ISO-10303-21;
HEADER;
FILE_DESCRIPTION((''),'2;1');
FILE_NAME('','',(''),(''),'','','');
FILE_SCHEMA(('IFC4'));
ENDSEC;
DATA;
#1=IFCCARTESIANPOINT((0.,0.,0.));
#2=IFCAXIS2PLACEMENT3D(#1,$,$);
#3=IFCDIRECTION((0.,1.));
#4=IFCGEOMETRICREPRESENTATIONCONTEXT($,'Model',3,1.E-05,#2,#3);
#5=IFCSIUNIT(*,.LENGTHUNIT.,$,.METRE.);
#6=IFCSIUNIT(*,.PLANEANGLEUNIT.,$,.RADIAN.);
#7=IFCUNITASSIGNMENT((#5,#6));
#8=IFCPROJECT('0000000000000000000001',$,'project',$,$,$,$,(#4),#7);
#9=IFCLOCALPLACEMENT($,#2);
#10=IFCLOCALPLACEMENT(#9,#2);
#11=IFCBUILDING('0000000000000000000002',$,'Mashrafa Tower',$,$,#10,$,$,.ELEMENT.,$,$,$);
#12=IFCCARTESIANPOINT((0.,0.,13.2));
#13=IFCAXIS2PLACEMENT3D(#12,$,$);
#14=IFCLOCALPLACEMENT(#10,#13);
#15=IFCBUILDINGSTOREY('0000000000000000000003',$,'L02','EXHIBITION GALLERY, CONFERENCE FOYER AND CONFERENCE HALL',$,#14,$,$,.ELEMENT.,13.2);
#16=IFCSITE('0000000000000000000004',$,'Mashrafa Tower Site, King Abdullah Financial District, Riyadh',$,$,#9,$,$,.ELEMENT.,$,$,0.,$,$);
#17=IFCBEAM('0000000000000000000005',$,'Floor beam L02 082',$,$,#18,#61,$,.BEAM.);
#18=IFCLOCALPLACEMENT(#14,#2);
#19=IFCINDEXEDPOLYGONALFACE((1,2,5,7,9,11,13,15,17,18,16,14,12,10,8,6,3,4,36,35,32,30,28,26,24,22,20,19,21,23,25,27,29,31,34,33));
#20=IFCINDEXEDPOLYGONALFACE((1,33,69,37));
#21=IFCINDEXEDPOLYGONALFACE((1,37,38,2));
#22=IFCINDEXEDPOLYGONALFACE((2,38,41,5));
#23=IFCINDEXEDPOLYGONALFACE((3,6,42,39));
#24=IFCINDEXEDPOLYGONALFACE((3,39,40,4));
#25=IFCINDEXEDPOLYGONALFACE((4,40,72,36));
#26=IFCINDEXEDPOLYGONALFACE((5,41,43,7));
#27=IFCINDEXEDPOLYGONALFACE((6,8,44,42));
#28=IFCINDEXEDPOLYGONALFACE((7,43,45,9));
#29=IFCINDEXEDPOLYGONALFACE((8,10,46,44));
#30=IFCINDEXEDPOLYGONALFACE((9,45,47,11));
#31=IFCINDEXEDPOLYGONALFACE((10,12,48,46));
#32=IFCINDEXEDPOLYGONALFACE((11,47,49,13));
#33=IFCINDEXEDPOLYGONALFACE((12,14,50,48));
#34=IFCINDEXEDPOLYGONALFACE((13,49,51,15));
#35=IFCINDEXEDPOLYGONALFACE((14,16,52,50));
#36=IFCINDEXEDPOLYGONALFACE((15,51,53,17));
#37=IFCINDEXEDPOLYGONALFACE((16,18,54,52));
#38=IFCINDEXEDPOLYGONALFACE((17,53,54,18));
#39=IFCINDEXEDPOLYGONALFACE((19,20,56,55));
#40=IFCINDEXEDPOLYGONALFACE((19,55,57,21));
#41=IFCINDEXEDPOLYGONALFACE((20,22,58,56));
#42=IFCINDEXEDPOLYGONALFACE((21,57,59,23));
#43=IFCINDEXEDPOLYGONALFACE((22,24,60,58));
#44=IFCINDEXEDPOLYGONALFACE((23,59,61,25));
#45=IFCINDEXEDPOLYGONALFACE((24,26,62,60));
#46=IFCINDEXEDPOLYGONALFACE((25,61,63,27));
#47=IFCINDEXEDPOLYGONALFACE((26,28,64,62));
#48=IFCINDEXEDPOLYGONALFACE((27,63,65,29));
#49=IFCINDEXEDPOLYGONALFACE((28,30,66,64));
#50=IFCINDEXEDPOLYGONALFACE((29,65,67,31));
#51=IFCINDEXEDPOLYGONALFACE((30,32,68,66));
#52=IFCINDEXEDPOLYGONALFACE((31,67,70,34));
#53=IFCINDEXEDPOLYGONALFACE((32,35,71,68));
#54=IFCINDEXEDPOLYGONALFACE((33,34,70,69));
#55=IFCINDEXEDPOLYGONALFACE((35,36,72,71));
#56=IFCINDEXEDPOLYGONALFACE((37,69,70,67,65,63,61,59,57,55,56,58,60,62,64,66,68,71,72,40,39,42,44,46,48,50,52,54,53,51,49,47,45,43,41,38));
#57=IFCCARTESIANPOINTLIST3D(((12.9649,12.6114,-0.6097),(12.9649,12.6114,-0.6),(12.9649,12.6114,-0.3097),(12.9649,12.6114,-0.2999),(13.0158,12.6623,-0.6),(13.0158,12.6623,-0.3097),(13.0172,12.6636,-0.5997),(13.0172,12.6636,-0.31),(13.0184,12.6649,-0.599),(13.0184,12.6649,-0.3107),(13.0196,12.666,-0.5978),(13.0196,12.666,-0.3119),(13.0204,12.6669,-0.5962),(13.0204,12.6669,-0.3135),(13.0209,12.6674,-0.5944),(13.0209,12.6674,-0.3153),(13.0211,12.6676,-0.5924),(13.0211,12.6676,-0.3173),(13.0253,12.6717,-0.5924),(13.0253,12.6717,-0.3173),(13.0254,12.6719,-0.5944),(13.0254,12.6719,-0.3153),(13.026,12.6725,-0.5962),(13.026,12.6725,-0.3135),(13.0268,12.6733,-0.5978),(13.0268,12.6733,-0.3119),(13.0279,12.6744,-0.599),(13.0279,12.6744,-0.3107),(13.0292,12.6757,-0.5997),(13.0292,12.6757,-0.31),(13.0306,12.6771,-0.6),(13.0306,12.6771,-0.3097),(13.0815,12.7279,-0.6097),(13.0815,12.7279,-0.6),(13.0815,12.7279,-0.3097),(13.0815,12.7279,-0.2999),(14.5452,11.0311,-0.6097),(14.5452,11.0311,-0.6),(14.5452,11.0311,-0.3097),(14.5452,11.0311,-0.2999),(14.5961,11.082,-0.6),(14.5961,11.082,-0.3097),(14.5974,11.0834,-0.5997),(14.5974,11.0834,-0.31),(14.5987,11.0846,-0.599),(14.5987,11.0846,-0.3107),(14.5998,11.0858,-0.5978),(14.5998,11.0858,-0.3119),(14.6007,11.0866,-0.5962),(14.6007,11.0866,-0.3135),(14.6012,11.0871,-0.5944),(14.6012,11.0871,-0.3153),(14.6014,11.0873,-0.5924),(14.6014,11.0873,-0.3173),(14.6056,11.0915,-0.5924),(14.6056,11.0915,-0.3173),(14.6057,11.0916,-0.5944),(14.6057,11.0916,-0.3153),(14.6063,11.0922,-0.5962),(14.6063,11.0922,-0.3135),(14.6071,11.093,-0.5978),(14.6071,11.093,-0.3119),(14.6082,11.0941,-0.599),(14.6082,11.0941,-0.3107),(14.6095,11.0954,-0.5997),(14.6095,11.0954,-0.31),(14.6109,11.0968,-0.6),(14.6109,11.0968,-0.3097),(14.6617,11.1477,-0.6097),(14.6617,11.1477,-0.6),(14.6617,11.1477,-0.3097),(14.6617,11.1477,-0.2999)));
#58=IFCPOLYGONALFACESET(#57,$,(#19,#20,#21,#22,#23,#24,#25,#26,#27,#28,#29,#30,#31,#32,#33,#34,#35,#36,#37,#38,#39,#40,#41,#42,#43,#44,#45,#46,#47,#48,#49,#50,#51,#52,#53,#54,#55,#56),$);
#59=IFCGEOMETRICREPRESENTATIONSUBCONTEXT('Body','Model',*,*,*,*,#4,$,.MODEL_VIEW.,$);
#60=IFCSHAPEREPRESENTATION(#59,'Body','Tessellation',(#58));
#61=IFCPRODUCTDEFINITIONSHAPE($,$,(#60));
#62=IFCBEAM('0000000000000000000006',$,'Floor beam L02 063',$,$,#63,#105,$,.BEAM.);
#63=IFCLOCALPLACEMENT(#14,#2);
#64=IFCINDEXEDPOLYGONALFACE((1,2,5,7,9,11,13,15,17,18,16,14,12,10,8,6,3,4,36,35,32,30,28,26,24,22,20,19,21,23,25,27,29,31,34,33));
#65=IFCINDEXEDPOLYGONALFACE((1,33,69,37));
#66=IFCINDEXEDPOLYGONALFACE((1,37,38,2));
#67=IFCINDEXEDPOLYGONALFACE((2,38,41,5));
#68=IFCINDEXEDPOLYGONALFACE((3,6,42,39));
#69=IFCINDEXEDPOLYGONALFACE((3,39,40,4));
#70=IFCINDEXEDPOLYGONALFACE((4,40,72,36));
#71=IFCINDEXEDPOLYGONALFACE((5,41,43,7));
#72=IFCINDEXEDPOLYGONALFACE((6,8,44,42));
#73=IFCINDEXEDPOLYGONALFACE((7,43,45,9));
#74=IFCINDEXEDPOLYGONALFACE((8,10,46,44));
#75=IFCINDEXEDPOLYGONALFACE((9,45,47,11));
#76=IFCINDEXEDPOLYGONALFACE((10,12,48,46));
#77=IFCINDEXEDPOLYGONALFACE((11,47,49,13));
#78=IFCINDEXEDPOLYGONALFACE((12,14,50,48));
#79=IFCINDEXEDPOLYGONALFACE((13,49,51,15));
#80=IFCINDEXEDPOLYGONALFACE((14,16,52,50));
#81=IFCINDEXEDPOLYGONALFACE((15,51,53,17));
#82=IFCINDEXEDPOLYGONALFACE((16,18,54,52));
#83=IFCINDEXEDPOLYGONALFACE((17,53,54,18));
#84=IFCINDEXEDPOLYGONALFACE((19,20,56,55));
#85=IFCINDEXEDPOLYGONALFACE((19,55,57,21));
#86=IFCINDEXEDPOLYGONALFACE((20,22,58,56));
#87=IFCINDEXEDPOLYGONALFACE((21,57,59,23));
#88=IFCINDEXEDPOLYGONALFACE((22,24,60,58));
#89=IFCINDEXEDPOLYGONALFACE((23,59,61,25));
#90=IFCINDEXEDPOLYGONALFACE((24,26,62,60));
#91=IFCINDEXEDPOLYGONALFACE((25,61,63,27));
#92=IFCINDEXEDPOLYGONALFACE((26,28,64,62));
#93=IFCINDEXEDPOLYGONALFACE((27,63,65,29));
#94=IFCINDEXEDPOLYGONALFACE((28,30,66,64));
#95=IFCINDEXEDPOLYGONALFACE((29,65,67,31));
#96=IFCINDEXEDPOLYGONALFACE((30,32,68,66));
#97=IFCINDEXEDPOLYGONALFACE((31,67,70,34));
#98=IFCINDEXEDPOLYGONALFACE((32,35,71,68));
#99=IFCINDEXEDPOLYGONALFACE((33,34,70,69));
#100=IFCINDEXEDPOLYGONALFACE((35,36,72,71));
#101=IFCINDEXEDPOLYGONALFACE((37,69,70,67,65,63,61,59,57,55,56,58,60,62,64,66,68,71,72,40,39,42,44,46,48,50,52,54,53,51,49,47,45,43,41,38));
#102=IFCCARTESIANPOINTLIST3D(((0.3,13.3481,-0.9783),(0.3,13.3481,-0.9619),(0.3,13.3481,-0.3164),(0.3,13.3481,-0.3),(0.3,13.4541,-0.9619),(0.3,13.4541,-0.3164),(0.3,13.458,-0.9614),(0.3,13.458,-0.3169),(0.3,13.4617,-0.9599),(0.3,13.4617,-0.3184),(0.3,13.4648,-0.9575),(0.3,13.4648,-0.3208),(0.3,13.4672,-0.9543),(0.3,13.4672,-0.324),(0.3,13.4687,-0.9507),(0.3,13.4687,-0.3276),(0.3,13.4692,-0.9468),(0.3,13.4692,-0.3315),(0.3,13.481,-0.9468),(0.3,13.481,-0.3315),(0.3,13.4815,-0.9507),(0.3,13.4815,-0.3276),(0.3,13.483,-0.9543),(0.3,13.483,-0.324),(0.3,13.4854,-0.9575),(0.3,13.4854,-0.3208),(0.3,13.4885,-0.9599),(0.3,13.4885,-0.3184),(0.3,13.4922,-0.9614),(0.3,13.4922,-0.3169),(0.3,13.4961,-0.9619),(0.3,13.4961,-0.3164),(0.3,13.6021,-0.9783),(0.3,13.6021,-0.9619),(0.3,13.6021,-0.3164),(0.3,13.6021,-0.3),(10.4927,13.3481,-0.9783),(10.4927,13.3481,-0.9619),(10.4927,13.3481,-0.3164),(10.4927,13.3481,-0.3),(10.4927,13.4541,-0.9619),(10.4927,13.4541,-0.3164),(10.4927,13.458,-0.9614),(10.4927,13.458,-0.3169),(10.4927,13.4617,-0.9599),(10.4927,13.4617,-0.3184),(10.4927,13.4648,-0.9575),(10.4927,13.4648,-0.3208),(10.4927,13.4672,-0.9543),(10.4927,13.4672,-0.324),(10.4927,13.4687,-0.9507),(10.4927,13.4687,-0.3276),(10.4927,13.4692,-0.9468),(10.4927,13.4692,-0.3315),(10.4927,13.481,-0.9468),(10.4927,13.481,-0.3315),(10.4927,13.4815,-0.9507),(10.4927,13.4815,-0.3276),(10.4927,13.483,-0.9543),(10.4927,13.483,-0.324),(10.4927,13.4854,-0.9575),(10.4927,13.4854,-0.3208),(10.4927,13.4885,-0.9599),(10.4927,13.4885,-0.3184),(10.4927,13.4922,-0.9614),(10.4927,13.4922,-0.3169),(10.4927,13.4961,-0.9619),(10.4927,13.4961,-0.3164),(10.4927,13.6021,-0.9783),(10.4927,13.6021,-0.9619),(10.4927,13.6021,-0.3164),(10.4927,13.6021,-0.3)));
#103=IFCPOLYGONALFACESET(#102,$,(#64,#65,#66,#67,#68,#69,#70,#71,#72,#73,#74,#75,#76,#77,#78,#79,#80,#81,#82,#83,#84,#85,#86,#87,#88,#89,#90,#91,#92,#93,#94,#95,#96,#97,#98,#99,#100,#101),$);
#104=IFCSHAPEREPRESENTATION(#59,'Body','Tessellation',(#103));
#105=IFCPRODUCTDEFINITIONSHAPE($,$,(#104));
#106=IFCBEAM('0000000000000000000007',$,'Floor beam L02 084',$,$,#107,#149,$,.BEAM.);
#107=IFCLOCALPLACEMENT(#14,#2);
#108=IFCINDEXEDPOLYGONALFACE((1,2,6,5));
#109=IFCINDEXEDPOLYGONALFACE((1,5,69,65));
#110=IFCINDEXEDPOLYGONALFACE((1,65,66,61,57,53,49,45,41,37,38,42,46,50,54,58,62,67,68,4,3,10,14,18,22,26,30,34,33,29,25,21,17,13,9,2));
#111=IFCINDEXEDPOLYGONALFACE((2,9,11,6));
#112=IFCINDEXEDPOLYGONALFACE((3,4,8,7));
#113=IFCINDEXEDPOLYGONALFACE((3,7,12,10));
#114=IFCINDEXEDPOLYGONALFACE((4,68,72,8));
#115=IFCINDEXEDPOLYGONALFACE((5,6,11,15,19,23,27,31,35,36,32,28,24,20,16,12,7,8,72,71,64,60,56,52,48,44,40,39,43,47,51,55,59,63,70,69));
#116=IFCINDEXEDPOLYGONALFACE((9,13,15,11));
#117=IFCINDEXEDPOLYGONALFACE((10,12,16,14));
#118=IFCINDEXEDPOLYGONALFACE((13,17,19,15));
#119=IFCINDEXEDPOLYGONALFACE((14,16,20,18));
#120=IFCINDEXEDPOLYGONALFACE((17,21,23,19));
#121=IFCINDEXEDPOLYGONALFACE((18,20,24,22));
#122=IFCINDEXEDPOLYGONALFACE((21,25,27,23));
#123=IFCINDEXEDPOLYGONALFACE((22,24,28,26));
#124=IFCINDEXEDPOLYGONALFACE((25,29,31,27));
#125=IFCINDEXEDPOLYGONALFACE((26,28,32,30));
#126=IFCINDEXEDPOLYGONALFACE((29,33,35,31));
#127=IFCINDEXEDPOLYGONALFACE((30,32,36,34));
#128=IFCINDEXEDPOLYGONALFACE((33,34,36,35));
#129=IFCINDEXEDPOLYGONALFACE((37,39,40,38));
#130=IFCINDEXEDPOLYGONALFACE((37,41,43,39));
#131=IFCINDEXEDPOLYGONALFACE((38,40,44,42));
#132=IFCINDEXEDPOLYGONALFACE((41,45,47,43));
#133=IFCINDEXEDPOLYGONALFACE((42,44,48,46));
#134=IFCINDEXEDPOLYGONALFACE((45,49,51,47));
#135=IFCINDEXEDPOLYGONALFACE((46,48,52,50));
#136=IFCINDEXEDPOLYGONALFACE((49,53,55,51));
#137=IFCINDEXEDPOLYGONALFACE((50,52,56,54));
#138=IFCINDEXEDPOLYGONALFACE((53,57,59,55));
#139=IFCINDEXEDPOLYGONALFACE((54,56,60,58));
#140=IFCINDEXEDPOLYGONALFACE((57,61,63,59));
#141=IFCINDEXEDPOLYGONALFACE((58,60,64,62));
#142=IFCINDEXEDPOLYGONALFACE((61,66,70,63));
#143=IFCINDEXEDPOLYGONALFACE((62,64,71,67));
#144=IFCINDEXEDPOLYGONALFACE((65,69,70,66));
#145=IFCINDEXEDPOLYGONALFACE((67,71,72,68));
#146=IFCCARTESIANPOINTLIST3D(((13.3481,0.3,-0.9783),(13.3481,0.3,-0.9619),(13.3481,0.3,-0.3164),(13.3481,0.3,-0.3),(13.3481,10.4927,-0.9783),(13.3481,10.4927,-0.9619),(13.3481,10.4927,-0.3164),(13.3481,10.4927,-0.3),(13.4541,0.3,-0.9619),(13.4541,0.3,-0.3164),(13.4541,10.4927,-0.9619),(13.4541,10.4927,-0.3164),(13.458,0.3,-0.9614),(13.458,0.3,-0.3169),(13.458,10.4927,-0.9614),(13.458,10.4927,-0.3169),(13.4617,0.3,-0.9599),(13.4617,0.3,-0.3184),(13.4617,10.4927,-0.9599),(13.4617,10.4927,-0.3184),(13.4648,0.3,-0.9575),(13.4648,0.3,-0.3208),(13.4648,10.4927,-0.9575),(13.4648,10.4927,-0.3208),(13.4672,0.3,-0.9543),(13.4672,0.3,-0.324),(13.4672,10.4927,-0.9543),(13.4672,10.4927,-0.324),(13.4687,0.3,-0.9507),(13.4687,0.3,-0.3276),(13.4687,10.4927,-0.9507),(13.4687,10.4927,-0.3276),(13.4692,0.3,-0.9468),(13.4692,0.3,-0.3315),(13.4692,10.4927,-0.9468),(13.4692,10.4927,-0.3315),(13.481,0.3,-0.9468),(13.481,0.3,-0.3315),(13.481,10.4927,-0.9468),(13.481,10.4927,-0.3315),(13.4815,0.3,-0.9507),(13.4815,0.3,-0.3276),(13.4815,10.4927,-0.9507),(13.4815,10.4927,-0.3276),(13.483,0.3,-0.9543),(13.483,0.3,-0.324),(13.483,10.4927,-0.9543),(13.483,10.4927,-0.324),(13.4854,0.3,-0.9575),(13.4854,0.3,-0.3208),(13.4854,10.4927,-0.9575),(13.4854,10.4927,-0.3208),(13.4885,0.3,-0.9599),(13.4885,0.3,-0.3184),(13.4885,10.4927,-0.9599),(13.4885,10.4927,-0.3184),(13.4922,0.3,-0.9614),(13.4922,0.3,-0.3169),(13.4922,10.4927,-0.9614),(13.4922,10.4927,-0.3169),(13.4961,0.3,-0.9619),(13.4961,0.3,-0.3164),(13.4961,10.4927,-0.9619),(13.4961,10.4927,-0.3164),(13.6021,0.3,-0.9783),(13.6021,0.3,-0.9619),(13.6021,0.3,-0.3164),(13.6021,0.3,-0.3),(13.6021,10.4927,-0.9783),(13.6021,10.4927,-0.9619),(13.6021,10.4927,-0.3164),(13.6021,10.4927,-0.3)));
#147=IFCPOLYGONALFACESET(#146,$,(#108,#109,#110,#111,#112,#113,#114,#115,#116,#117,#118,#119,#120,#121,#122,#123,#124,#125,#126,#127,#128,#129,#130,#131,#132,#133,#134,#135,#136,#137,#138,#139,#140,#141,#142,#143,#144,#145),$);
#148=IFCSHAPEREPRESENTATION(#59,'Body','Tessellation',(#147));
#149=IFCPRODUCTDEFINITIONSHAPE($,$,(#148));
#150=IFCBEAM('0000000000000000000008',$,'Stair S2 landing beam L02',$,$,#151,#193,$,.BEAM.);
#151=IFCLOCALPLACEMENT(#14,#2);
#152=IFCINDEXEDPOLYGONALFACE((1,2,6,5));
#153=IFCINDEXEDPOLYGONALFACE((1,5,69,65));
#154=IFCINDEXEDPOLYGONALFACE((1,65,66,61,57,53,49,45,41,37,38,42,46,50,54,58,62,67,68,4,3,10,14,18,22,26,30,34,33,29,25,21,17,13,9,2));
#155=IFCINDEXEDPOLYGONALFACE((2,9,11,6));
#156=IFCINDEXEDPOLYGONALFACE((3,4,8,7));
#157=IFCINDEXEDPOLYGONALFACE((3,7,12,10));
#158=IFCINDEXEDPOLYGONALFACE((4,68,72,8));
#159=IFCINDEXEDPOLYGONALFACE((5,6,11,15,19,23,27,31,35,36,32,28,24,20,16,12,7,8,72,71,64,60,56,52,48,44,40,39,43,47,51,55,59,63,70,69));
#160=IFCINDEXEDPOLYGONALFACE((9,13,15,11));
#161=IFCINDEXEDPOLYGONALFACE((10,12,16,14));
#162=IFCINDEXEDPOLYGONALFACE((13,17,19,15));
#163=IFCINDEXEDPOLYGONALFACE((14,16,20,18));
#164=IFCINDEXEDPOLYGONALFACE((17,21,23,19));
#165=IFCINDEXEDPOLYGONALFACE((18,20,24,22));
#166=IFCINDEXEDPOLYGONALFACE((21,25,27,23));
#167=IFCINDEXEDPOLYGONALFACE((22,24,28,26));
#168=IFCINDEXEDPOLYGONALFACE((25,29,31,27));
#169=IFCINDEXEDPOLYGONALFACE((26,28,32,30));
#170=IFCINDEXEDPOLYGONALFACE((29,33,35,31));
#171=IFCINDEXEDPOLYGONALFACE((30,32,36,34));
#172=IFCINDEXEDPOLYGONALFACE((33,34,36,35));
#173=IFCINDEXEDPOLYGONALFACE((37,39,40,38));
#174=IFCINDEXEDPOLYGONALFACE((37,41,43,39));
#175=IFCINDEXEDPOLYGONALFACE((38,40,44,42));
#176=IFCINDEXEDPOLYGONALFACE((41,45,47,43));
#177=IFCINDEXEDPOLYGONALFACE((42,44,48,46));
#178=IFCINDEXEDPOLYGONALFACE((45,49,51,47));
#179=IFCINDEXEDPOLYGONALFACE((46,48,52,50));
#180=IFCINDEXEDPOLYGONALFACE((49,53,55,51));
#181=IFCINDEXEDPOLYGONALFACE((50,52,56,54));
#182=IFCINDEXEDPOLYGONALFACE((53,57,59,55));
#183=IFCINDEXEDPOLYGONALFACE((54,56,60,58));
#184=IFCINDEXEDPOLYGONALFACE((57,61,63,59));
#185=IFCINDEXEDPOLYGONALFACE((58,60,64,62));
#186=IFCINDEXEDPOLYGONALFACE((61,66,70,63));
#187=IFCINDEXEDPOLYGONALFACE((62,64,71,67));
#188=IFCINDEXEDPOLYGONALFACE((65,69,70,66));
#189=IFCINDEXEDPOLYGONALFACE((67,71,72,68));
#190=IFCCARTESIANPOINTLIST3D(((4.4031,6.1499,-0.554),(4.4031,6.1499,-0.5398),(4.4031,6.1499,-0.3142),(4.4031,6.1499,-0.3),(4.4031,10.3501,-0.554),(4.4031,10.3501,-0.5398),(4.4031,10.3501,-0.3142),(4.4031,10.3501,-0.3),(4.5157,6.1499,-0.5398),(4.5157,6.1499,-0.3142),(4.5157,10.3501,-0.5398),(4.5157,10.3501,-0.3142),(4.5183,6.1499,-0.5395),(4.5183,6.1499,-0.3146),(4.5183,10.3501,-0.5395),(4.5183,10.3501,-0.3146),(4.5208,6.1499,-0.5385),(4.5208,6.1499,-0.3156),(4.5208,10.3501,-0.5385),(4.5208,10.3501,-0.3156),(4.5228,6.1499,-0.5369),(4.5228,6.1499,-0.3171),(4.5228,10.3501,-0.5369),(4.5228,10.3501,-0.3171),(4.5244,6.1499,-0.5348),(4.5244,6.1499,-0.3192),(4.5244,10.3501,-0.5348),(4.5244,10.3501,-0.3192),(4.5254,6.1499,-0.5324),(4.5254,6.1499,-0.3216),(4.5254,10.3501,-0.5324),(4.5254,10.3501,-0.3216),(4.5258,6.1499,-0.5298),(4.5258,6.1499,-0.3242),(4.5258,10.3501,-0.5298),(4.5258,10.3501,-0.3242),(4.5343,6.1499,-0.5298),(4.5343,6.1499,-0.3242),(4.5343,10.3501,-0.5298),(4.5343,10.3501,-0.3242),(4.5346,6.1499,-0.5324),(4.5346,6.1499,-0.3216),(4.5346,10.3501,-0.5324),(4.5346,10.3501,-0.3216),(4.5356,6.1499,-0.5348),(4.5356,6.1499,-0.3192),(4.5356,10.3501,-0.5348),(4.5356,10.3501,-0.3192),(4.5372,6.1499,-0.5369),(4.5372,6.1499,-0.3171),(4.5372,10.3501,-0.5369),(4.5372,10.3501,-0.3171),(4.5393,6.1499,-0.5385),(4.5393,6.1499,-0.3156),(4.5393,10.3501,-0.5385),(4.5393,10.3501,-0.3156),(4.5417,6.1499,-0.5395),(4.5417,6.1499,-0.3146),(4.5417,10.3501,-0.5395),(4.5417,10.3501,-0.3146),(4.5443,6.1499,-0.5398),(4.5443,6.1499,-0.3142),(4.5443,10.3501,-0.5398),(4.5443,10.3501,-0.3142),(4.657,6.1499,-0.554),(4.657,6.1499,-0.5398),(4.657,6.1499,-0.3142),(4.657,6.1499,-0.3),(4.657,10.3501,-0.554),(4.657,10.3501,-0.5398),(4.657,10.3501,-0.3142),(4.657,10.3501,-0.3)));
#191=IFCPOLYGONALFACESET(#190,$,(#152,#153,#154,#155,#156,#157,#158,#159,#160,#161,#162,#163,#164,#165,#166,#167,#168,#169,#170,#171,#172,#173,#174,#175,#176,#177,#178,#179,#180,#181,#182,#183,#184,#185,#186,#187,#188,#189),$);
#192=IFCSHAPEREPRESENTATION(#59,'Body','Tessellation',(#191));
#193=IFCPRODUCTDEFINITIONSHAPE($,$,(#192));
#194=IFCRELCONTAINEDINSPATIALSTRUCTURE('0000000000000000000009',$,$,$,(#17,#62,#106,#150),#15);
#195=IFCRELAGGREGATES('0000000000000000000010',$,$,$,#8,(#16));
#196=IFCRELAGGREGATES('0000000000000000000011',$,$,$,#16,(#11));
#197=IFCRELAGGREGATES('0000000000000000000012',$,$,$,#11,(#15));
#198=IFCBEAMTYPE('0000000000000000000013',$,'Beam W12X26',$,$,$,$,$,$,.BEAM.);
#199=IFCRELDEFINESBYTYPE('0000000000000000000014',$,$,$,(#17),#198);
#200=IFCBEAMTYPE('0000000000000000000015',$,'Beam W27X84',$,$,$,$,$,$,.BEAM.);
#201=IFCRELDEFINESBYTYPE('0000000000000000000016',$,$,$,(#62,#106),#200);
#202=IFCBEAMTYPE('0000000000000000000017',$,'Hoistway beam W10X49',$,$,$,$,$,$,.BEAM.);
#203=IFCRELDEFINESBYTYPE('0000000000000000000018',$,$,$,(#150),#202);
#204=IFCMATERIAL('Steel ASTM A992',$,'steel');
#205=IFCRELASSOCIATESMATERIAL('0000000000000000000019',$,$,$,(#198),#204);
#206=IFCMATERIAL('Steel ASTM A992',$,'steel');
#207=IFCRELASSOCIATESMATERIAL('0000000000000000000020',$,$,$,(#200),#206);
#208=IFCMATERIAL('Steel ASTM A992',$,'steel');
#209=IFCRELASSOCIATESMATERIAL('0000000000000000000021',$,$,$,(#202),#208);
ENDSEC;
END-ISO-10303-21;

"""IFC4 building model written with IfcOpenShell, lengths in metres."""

from ifc_helpers import new_model, si_unit, direction, frame, origin, origin_2d, place, context, subcontext, project, spatial, i_section, extrude, material, material_profile, profile_set, type_object, element, save


model = new_model("IFC4")

# Units and contexts
model_context = context("Model", 3, precision=1e-05, world=origin(), true_north=direction((0.0, 1.0)))
body_context = subcontext(model_context, "Body", "Model", "MODEL_VIEW")
ifc_project = project(units=[si_unit("LENGTHUNIT", "METRE"), si_unit("PLANEANGLEUNIT", "RADIAN")], contexts=[model_context])

# Site, building, storey
site_placement = place(None, origin())
site = spatial("IfcSite", under=ifc_project, at=site_placement, Name="Mashrafa Tower Site, King Abdullah Financial District, Riyadh", CompositionType="ELEMENT", RefElevation=0.0)
building_placement = place(site_placement, origin())
building = spatial("IfcBuilding", under=site, at=building_placement, Name="Mashrafa Tower", CompositionType="ELEMENT")
storey_placement = place(building_placement, frame((0.0, 0.0, 13.2)))
storey = spatial("IfcBuildingStorey", under=building, at=storey_placement, Name="L02", Description="EXHIBITION GALLERY, CONFERENCE FOYER AND CONFERENCE HALL", CompositionType="ELEMENT", Elevation=13.2)

# Beams
ifc_material_1 = material(Name="Steel ASTM A992", Category="steel")
ifc_material_profile_1 = material_profile(ifc_material_1, i_section(OverallWidth=0.1648, OverallDepth=0.3098, WebThickness=0.0059, FlangeThickness=0.0098, FilletRadius=0.0076, at=origin_2d()), Name="W12X26")
ifc_profile_set_1 = profile_set([ifc_material_profile_1], Name="Steel ASTM A992")
beam_type_1 = type_object("IfcBeamType", Name="Beam W12X26", PredefinedType="BEAM", material=ifc_profile_set_1)
for number, where, z_axis, x_axis, name in (
    (1, (13.0232, 12.6697, -0.4548), (0.707107, -0.707107, 0.0), (0.707107, 0.707107, 0.0), "Floor beam L02 082"),
):
    element("IfcBeam", number, at=place(storey_placement, frame(where, z_axis=z_axis, x_axis=x_axis)), inside=storey, type_object=beam_type_1, Name=name, PredefinedType="BEAM", context=body_context, shape_type="SweptSolid", body=[
        extrude(i_section(OverallWidth=0.1648, OverallDepth=0.3098, WebThickness=0.0059, FlangeThickness=0.0098, FilletRadius=0.0076, at=origin_2d()), origin(), (0.0, 0.0, 1.0), 2.2349),
    ])
ifc_material_2 = material(Name="Steel ASTM A992", Category="steel")
ifc_material_profile_2 = material_profile(ifc_material_2, i_section(OverallWidth=0.2539, OverallDepth=0.6782, WebThickness=0.0117, FlangeThickness=0.0164, FilletRadius=0.0151, at=origin_2d()), Name="W27X84")
ifc_profile_set_2 = profile_set([ifc_material_profile_2], Name="Steel ASTM A992")
beam_type_2 = type_object("IfcBeamType", Name="Beam W27X84", PredefinedType="BEAM", material=ifc_profile_set_2)
for number, where, z_axis, x_axis, name in (
    (2, (0.3, 13.4751, -0.6392), (1.0, 0.0, 0.0), (0.0, 1.0, 0.0), "Floor beam L02 063"),
    (3, (13.4751, 10.4927, -0.6392), (0.0, -1.0, 0.0), (1.0, 0.0, 0.0), "Floor beam L02 084"),
):
    element("IfcBeam", number, at=place(storey_placement, frame(where, z_axis=z_axis, x_axis=x_axis)), inside=storey, type_object=beam_type_2, Name=name, PredefinedType="BEAM", context=body_context, shape_type="SweptSolid", body=[
        extrude(i_section(OverallWidth=0.2539, OverallDepth=0.6782, WebThickness=0.0117, FlangeThickness=0.0164, FilletRadius=0.0151, at=origin_2d()), origin(), (0.0, 0.0, 1.0), 10.1926),
    ])
ifc_material_3 = material(Name="Steel ASTM A992", Category="steel")
ifc_material_profile_3 = material_profile(ifc_material_3, i_section(OverallWidth=0.2539, OverallDepth=0.2539, WebThickness=0.0085, FlangeThickness=0.0142, FilletRadius=0.01, at=origin_2d()), Name="W10X49")
ifc_profile_set_3 = profile_set([ifc_material_profile_3], Name="Steel ASTM A992")
beam_type_3 = type_object("IfcBeamType", Name="Hoistway beam W10X49", PredefinedType="BEAM", material=ifc_profile_set_3)
beam_1_placement = place(storey_placement, frame((4.53, 6.1499, -0.427), z_axis=(0.0, 1.0, 0.0), x_axis=(-1.0, 0.0, 0.0)))
element("IfcBeam", 4, at=beam_1_placement, inside=storey, type_object=beam_type_3, Name="Stair S2 landing beam L02", PredefinedType="BEAM", context=body_context, shape_type="SweptSolid", body=[
    extrude(i_section(OverallWidth=0.2539, OverallDepth=0.2539, WebThickness=0.0085, FlangeThickness=0.0142, FilletRadius=0.01, at=origin_2d()), origin(), (0.0, 0.0, 1.0), 4.2002),
])

save(model, "model.ifc")
